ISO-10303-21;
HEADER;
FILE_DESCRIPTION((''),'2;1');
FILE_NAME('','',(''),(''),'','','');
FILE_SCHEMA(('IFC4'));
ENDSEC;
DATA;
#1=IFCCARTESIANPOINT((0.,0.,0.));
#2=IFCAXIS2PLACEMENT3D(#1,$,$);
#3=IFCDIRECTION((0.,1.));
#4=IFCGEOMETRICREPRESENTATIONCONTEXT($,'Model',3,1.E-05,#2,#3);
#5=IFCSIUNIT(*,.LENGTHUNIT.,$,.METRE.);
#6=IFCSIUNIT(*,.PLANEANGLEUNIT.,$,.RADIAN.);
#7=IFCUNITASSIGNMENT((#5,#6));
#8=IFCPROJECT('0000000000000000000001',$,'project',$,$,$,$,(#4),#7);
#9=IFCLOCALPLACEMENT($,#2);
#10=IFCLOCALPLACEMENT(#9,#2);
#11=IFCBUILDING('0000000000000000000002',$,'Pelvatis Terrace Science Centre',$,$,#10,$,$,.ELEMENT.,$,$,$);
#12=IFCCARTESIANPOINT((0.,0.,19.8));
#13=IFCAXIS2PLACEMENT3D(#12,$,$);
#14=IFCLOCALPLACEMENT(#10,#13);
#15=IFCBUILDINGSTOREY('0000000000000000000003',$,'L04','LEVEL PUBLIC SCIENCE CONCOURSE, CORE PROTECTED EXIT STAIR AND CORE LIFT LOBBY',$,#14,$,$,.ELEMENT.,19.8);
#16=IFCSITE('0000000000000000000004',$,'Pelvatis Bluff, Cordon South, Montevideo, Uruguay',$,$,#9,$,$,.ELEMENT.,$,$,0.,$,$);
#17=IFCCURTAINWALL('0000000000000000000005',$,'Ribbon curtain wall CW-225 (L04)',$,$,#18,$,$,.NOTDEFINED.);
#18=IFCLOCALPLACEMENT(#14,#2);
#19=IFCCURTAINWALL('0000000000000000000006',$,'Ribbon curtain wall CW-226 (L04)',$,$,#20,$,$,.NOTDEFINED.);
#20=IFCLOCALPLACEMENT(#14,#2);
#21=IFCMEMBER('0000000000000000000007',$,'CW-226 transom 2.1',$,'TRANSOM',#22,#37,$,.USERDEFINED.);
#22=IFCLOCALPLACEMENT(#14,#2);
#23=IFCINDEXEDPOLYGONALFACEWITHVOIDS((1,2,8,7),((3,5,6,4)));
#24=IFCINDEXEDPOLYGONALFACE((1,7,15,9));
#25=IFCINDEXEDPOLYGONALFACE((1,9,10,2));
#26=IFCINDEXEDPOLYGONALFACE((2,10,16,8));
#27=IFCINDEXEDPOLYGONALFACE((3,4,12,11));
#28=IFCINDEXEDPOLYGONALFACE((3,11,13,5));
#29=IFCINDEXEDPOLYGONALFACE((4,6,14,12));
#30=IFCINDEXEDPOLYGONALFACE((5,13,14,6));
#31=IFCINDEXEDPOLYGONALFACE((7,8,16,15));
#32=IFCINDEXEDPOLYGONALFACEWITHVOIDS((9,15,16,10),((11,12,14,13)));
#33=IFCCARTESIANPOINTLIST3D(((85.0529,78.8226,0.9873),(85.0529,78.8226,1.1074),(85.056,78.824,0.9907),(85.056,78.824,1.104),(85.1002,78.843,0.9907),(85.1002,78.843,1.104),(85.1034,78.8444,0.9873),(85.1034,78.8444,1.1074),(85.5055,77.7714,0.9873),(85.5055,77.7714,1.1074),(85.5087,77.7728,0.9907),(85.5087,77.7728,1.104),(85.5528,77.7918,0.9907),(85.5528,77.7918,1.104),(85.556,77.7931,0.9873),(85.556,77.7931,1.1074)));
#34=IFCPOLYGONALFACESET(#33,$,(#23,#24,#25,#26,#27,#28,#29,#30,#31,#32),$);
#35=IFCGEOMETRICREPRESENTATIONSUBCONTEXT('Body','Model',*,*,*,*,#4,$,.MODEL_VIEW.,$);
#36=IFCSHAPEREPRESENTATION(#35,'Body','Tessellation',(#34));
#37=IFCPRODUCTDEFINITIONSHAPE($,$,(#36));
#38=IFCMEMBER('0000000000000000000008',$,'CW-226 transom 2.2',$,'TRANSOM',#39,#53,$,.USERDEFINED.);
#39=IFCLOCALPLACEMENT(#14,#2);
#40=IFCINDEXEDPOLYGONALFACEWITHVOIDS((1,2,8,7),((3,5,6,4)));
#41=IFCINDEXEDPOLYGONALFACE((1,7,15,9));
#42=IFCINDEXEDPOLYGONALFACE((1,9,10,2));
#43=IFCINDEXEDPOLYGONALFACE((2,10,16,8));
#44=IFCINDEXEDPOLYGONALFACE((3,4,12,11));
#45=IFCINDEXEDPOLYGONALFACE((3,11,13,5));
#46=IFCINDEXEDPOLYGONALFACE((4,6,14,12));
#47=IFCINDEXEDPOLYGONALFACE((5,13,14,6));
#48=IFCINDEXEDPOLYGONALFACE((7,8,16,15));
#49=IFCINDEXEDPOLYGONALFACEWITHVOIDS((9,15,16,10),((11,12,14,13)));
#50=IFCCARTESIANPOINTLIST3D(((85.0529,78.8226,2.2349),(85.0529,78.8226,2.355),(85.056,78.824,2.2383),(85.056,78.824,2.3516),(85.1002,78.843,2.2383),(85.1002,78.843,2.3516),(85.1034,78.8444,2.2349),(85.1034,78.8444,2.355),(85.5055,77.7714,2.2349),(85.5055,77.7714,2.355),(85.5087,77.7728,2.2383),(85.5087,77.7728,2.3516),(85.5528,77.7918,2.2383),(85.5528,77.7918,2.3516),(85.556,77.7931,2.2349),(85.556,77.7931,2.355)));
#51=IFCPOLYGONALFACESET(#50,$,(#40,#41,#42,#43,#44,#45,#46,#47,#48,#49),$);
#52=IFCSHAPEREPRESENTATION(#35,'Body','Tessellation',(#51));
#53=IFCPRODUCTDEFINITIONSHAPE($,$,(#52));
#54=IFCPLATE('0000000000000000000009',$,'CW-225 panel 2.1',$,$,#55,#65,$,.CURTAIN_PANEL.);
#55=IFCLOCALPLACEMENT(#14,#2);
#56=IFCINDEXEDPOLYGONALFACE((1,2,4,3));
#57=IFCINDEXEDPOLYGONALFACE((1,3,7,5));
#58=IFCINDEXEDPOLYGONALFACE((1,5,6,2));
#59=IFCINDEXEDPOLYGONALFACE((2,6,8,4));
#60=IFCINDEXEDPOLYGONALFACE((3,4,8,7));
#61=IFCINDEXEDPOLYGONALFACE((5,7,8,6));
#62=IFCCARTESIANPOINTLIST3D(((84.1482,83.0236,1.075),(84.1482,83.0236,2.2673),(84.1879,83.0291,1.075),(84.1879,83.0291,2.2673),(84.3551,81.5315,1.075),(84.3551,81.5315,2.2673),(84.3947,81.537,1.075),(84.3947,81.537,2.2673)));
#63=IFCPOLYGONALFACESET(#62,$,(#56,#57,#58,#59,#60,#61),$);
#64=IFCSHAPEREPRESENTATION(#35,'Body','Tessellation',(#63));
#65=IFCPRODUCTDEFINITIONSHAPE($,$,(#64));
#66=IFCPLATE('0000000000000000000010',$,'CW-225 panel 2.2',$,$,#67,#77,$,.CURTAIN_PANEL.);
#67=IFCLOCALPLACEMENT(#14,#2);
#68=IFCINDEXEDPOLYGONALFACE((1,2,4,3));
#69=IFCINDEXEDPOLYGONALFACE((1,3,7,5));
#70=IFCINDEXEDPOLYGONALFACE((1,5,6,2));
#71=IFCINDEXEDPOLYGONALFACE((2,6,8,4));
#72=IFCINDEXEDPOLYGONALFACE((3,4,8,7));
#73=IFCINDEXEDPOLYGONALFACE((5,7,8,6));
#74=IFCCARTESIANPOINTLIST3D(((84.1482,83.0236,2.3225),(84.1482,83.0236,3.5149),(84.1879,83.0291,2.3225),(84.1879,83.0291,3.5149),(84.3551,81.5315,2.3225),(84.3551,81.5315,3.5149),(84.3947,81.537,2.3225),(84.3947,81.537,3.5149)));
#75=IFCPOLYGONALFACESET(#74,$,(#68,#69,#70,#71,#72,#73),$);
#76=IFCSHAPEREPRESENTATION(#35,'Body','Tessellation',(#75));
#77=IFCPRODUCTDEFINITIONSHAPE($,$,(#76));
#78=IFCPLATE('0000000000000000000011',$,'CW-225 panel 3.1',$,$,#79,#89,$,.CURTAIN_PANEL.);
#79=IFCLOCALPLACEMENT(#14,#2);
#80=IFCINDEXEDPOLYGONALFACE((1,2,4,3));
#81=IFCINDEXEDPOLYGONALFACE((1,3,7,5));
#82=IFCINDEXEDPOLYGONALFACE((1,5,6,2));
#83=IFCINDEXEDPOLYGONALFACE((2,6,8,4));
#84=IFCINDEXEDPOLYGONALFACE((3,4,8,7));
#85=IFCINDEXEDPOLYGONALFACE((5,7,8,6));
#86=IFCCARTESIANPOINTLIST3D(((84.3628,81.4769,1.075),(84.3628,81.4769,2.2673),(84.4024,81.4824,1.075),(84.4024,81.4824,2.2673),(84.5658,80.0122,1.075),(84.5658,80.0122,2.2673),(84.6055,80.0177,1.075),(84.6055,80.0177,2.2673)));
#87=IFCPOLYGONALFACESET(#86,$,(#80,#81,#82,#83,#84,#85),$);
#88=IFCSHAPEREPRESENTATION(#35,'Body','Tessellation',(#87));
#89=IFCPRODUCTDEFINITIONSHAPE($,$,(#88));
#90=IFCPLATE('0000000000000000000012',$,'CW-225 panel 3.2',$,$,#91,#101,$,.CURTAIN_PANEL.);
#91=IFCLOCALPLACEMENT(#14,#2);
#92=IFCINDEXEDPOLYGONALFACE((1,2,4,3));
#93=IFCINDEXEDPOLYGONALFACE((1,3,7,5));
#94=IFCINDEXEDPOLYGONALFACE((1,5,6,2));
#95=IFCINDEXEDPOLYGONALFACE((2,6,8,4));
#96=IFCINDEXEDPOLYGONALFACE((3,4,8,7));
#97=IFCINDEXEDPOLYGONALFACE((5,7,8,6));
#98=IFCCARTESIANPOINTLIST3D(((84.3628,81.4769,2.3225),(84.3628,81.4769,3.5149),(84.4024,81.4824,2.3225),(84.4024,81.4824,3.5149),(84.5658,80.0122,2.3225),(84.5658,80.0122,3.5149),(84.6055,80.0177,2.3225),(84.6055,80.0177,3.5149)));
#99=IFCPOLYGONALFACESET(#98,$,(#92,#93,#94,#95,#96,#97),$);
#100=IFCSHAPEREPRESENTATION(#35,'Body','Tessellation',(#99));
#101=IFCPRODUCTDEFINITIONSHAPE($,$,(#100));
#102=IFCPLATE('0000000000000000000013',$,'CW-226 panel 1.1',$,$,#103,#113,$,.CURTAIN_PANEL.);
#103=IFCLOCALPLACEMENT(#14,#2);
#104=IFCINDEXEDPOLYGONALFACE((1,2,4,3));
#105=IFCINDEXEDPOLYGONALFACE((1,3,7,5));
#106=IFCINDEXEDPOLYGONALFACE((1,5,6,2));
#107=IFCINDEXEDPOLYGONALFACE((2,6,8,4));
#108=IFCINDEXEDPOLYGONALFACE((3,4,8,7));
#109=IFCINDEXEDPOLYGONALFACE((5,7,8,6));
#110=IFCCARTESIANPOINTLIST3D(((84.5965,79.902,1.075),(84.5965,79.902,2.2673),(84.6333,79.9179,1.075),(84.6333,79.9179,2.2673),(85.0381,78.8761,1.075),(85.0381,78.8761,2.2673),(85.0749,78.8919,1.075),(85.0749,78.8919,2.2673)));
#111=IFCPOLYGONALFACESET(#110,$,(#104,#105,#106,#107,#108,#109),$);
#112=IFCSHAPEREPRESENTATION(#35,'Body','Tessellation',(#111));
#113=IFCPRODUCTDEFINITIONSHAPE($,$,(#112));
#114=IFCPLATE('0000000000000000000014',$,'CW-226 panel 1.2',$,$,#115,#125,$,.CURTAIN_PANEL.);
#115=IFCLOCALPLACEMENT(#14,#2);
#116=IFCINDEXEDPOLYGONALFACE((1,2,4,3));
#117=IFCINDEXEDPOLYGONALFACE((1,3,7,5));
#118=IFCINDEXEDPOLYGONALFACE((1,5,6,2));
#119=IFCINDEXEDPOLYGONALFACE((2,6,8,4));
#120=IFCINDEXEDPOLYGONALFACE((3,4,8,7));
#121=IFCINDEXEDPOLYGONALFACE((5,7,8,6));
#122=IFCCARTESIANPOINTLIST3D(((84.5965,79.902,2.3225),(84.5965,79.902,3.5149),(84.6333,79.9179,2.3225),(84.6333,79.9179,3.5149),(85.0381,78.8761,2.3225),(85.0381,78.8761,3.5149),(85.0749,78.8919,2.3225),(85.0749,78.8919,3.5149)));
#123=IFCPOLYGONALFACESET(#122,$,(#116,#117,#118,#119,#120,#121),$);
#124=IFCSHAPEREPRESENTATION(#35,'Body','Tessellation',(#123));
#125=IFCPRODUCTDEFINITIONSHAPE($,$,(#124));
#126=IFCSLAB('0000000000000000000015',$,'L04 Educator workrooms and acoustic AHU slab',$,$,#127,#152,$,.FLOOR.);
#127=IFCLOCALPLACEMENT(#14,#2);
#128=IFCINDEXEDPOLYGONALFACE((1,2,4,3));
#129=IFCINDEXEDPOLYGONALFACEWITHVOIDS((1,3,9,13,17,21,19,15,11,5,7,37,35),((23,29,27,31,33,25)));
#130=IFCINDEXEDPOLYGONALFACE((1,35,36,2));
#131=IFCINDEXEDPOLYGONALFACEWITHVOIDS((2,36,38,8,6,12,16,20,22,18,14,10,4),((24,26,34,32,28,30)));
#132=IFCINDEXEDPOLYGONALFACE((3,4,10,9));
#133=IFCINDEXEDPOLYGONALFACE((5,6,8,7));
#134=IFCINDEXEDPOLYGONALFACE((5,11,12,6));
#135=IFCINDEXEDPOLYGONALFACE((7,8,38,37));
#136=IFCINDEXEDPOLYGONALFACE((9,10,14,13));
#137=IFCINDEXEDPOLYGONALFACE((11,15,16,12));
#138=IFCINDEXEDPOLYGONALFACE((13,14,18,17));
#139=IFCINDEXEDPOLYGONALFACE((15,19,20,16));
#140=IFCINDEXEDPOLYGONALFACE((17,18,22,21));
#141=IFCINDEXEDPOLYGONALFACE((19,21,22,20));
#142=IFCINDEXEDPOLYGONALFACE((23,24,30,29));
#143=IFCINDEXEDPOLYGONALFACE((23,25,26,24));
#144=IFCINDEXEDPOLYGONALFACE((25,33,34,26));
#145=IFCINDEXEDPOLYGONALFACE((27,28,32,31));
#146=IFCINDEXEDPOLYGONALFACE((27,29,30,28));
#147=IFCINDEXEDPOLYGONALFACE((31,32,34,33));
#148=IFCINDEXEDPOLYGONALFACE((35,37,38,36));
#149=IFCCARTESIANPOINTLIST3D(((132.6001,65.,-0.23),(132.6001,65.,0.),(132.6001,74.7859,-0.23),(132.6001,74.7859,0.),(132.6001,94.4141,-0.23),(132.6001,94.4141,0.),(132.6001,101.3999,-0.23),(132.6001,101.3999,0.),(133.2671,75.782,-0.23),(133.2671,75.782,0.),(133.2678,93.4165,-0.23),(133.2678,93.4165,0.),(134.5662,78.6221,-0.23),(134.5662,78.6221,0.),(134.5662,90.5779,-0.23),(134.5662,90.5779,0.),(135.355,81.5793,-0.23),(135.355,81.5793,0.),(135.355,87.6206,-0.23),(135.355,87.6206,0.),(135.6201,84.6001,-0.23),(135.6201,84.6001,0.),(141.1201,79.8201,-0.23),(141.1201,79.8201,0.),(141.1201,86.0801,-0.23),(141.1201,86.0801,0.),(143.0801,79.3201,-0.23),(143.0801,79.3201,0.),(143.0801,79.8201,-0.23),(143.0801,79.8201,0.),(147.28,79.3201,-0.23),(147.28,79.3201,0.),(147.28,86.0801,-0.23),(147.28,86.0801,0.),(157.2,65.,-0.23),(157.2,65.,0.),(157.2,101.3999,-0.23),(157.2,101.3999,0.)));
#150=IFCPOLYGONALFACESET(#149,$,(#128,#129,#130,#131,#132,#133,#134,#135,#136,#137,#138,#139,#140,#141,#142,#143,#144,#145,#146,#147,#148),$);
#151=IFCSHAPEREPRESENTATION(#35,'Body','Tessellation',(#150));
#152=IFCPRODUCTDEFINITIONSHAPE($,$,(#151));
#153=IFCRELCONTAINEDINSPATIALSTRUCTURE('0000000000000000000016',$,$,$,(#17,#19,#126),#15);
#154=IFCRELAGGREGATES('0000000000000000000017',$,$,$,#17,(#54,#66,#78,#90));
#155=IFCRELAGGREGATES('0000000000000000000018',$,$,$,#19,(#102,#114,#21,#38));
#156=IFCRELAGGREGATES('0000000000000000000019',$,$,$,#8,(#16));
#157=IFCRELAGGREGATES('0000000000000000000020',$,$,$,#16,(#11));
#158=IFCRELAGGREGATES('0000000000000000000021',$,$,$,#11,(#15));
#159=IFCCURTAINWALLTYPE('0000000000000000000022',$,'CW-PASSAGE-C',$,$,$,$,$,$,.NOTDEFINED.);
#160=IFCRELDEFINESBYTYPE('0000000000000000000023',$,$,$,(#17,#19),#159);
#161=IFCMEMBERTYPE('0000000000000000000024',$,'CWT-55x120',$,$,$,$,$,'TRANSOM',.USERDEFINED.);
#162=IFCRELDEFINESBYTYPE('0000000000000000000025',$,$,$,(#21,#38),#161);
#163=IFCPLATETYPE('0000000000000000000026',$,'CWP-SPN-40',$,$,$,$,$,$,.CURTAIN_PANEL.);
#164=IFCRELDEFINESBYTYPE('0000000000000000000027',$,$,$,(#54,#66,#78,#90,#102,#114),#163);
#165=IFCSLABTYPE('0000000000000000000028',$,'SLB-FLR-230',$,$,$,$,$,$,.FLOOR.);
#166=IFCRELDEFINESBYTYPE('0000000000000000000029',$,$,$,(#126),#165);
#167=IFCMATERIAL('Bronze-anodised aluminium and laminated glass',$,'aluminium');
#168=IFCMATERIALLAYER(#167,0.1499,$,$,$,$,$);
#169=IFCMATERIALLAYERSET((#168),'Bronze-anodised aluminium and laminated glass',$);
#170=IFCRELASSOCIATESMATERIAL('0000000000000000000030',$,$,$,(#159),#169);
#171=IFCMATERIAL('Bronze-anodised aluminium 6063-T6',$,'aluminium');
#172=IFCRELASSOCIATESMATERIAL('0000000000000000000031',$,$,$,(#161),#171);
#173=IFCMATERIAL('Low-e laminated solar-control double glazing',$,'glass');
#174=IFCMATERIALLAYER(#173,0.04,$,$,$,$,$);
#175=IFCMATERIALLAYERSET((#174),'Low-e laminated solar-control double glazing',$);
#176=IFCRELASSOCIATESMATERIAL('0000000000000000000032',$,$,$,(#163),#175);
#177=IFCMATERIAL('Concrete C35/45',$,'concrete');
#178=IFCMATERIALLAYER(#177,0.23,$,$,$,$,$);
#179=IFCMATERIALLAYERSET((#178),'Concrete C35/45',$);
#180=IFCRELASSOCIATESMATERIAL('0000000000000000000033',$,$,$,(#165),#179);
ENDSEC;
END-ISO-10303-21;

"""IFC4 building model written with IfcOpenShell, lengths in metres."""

from ifc_helpers import new_model, si_unit, direction, frame, origin, origin_2d, place, context, subcontext, project, spatial, polyline, rectangle, hollow_rectangle, outline, extrude, material, layer, layer_set, material_profile, profile_set, type_object, element, aggregate, save


model = new_model("IFC4")

# Units and contexts
model_context = context("Model", 3, precision=1e-05, world=origin(), true_north=direction((0.0, 1.0)))
body_context = subcontext(model_context, "Body", "Model", "MODEL_VIEW")
ifc_project = project(units=[si_unit("LENGTHUNIT", "METRE"), si_unit("PLANEANGLEUNIT", "RADIAN")], contexts=[model_context])

# Site, building, storey
site_placement = place(None, origin())
site = spatial("IfcSite", under=ifc_project, at=site_placement, Name="Pelvatis Bluff, Cordon South, Montevideo, Uruguay", CompositionType="ELEMENT", RefElevation=0.0)
building_placement = place(site_placement, origin())
building = spatial("IfcBuilding", under=site, at=building_placement, Name="Pelvatis Terrace Science Centre", CompositionType="ELEMENT")
storey_placement = place(building_placement, frame((0.0, 0.0, 19.8)))
storey = spatial("IfcBuildingStorey", under=building, at=storey_placement, Name="L04", Description="LEVEL PUBLIC SCIENCE CONCOURSE, CORE PROTECTED EXIT STAIR AND CORE LIFT LOBBY", CompositionType="ELEMENT", Elevation=19.8)

# Curtain walls
ifc_material_1 = material(Name="Bronze-anodised aluminium and laminated glass", Category="aluminium")
ifc_layer_1 = layer(ifc_material_1, 0.1499)
ifc_layer_set_1 = layer_set([ifc_layer_1], Name="Bronze-anodised aluminium and laminated glass")
curtain_wall_type = type_object("IfcCurtainWallType", Name="CW-PASSAGE-C", PredefinedType="NOTDEFINED", material=ifc_layer_set_1)
curtain_wall_1_placement = place(storey_placement, origin())
curtain_wall_1 = element("IfcCurtainWall", 1, at=curtain_wall_1_placement, inside=storey, type_object=curtain_wall_type, Name="Ribbon curtain wall CW-225 (L04)", PredefinedType="NOTDEFINED")
curtain_wall_2_placement = place(storey_placement, origin())
curtain_wall_2 = element("IfcCurtainWall", 2, at=curtain_wall_2_placement, inside=storey, type_object=curtain_wall_type, Name="Ribbon curtain wall CW-226 (L04)", PredefinedType="NOTDEFINED")

# Members
ifc_material_2 = material(Name="Bronze-anodised aluminium 6063-T6", Category="aluminium")
ifc_material_profile_1 = material_profile(ifc_material_2, hollow_rectangle(XDim=0.0549, YDim=0.1201, WallThickness=0.0034, at=origin_2d()), Name="ALU-TRN 55x120")
ifc_profile_set_1 = profile_set([ifc_material_profile_1], Name="Bronze-anodised aluminium 6063-T6")
member_type_1 = type_object("IfcMemberType", Name="CWT-55x120", ElementType="TRANSOM", PredefinedType="USERDEFINED", material=ifc_profile_set_1)
member_1_placement = place(storey_placement, frame((85.0781, 78.8335, 1.0474), z_axis=(0.395463, -0.918482, 0.0), x_axis=(0.918482, 0.395463, 0.0)))
member_1 = element("IfcMember", 3, at=member_1_placement, type_object=member_type_1, Name="CW-226 transom 2.1", ObjectType="TRANSOM", PredefinedType="USERDEFINED", context=body_context, shape_type="SweptSolid", body=[
    extrude(hollow_rectangle(XDim=0.0549, YDim=0.1201, WallThickness=0.0034, at=origin_2d()), origin(), (0.0, 0.0, 1.0), 1.1445),
])
member_2_placement = place(storey_placement, frame((85.0781, 78.8335, 2.2949), z_axis=(0.395463, -0.918482, 0.0), x_axis=(0.918482, 0.395463, 0.0)))
member_2 = element("IfcMember", 4, at=member_2_placement, type_object=member_type_1, Name="CW-226 transom 2.2", ObjectType="TRANSOM", PredefinedType="USERDEFINED", context=body_context, shape_type="SweptSolid", body=[
    extrude(hollow_rectangle(XDim=0.0549, YDim=0.1201, WallThickness=0.0034, at=origin_2d()), origin(), (0.0, 0.0, 1.0), 1.1445),
])

# Plates
ifc_material_3 = material(Name="Low-e laminated solar-control double glazing", Category="glass")
ifc_layer_2 = layer(ifc_material_3, 0.04)
ifc_layer_set_2 = layer_set([ifc_layer_2], Name="Low-e laminated solar-control double glazing")
plate_type = type_object("IfcPlateType", Name="CWP-SPN-40", PredefinedType="CURTAIN_PANEL", material=ifc_layer_set_2)
plate_1_placement = place(storey_placement, frame((84.2715, 82.2803, 1.075), z_axis=(0.0, 0.0, 1.0), x_axis=(0.137298, -0.99053, 0.0)))
plate_1 = element("IfcPlate", 5, at=plate_1_placement, type_object=plate_type, Name="CW-225 panel 2.1", PredefinedType="CURTAIN_PANEL", context=body_context, shape_type="SweptSolid", body=[
    extrude(rectangle(XDim=1.5063, YDim=0.04, at=origin_2d()), origin(), (0.0, 0.0, 1.0), 1.1924),
])
plate_2_placement = place(storey_placement, frame((84.2715, 82.2803, 2.3225), z_axis=(0.0, 0.0, 1.0), x_axis=(0.137298, -0.99053, 0.0)))
plate_2 = element("IfcPlate", 6, at=plate_2_placement, type_object=plate_type, Name="CW-225 panel 2.2", PredefinedType="CURTAIN_PANEL", context=body_context, shape_type="SweptSolid", body=[
    extrude(rectangle(XDim=1.5063, YDim=0.04, at=origin_2d()), origin(), (0.0, 0.0, 1.0), 1.1924),
])
plate_3_placement = place(storey_placement, frame((84.4841, 80.7473, 1.075), z_axis=(0.0, 0.0, 1.0), x_axis=(0.137298, -0.99053, 0.0)))
plate_3 = element("IfcPlate", 7, at=plate_3_placement, type_object=plate_type, Name="CW-225 panel 3.1", PredefinedType="CURTAIN_PANEL", context=body_context, shape_type="SweptSolid", body=[
    extrude(rectangle(XDim=1.4788, YDim=0.04, at=origin_2d()), origin(), (0.0, 0.0, 1.0), 1.1924),
])
plate_4_placement = place(storey_placement, frame((84.4841, 80.7473, 2.3225), z_axis=(0.0, 0.0, 1.0), x_axis=(0.137298, -0.99053, 0.0)))
plate_4 = element("IfcPlate", 8, at=plate_4_placement, type_object=plate_type, Name="CW-225 panel 3.2", PredefinedType="CURTAIN_PANEL", context=body_context, shape_type="SweptSolid", body=[
    extrude(rectangle(XDim=1.4788, YDim=0.04, at=origin_2d()), origin(), (0.0, 0.0, 1.0), 1.1924),
])
aggregate(curtain_wall_1, [plate_1, plate_2, plate_3, plate_4])
plate_5_placement = place(storey_placement, frame((84.8357, 79.397, 1.075), z_axis=(0.0, 0.0, 1.0), x_axis=(0.395385, -0.918515, 0.0)))
plate_5 = element("IfcPlate", 9, at=plate_5_placement, type_object=plate_type, Name="CW-226 panel 1.1", PredefinedType="CURTAIN_PANEL", context=body_context, shape_type="SweptSolid", body=[
    extrude(rectangle(XDim=1.1169, YDim=0.04, at=origin_2d()), origin(), (0.0, 0.0, 1.0), 1.1924),
])
plate_6_placement = place(storey_placement, frame((84.8357, 79.397, 2.3225), z_axis=(0.0, 0.0, 1.0), x_axis=(0.395385, -0.918515, 0.0)))
plate_6 = element("IfcPlate", 10, at=plate_6_placement, type_object=plate_type, Name="CW-226 panel 1.2", PredefinedType="CURTAIN_PANEL", context=body_context, shape_type="SweptSolid", body=[
    extrude(rectangle(XDim=1.1169, YDim=0.04, at=origin_2d()), origin(), (0.0, 0.0, 1.0), 1.1924),
])
aggregate(curtain_wall_2, [plate_5, plate_6, member_1, member_2])

# Slab
ifc_material_4 = material(Name="Concrete C35/45", Category="concrete")
ifc_layer_3 = layer(ifc_material_4, 0.23)
ifc_layer_set_3 = layer_set([ifc_layer_3], Name="Concrete C35/45")
slab_type_1 = type_object("IfcSlabType", Name="SLB-FLR-230", PredefinedType="FLOOR", material=ifc_layer_set_3)
slab_1_placement = place(storey_placement, frame((0.0, 0.0, -0.23)))
element("IfcSlab", 11, at=slab_1_placement, inside=storey, type_object=slab_type_1, Name="L04 Educator workrooms and acoustic AHU slab", PredefinedType="FLOOR", context=body_context, shape_type="SweptSolid", body=[
    extrude(outline(polyline([(133.2671, 75.782), (134.5662, 78.6221), (135.355, 81.5793), (135.6201, 84.6001), (135.355, 87.6206), (134.5662, 90.5779), (133.2678, 93.4165), (132.6001, 94.4141), (132.6001, 101.3999), (157.2, 101.3999), (157.2, 65.0), (132.6001, 65.0), (132.6001, 74.7859), (133.2671, 75.782)]), holes=[polyline([(143.0801, 79.8201), (143.0801, 79.3201), (147.28, 79.3201), (147.28, 86.0801), (141.1201, 86.0801), (141.1201, 79.8201), (143.0801, 79.8201)])]), origin(), (0.0, 0.0, 1.0), 0.23),
])

save(model, "model.ifc")
